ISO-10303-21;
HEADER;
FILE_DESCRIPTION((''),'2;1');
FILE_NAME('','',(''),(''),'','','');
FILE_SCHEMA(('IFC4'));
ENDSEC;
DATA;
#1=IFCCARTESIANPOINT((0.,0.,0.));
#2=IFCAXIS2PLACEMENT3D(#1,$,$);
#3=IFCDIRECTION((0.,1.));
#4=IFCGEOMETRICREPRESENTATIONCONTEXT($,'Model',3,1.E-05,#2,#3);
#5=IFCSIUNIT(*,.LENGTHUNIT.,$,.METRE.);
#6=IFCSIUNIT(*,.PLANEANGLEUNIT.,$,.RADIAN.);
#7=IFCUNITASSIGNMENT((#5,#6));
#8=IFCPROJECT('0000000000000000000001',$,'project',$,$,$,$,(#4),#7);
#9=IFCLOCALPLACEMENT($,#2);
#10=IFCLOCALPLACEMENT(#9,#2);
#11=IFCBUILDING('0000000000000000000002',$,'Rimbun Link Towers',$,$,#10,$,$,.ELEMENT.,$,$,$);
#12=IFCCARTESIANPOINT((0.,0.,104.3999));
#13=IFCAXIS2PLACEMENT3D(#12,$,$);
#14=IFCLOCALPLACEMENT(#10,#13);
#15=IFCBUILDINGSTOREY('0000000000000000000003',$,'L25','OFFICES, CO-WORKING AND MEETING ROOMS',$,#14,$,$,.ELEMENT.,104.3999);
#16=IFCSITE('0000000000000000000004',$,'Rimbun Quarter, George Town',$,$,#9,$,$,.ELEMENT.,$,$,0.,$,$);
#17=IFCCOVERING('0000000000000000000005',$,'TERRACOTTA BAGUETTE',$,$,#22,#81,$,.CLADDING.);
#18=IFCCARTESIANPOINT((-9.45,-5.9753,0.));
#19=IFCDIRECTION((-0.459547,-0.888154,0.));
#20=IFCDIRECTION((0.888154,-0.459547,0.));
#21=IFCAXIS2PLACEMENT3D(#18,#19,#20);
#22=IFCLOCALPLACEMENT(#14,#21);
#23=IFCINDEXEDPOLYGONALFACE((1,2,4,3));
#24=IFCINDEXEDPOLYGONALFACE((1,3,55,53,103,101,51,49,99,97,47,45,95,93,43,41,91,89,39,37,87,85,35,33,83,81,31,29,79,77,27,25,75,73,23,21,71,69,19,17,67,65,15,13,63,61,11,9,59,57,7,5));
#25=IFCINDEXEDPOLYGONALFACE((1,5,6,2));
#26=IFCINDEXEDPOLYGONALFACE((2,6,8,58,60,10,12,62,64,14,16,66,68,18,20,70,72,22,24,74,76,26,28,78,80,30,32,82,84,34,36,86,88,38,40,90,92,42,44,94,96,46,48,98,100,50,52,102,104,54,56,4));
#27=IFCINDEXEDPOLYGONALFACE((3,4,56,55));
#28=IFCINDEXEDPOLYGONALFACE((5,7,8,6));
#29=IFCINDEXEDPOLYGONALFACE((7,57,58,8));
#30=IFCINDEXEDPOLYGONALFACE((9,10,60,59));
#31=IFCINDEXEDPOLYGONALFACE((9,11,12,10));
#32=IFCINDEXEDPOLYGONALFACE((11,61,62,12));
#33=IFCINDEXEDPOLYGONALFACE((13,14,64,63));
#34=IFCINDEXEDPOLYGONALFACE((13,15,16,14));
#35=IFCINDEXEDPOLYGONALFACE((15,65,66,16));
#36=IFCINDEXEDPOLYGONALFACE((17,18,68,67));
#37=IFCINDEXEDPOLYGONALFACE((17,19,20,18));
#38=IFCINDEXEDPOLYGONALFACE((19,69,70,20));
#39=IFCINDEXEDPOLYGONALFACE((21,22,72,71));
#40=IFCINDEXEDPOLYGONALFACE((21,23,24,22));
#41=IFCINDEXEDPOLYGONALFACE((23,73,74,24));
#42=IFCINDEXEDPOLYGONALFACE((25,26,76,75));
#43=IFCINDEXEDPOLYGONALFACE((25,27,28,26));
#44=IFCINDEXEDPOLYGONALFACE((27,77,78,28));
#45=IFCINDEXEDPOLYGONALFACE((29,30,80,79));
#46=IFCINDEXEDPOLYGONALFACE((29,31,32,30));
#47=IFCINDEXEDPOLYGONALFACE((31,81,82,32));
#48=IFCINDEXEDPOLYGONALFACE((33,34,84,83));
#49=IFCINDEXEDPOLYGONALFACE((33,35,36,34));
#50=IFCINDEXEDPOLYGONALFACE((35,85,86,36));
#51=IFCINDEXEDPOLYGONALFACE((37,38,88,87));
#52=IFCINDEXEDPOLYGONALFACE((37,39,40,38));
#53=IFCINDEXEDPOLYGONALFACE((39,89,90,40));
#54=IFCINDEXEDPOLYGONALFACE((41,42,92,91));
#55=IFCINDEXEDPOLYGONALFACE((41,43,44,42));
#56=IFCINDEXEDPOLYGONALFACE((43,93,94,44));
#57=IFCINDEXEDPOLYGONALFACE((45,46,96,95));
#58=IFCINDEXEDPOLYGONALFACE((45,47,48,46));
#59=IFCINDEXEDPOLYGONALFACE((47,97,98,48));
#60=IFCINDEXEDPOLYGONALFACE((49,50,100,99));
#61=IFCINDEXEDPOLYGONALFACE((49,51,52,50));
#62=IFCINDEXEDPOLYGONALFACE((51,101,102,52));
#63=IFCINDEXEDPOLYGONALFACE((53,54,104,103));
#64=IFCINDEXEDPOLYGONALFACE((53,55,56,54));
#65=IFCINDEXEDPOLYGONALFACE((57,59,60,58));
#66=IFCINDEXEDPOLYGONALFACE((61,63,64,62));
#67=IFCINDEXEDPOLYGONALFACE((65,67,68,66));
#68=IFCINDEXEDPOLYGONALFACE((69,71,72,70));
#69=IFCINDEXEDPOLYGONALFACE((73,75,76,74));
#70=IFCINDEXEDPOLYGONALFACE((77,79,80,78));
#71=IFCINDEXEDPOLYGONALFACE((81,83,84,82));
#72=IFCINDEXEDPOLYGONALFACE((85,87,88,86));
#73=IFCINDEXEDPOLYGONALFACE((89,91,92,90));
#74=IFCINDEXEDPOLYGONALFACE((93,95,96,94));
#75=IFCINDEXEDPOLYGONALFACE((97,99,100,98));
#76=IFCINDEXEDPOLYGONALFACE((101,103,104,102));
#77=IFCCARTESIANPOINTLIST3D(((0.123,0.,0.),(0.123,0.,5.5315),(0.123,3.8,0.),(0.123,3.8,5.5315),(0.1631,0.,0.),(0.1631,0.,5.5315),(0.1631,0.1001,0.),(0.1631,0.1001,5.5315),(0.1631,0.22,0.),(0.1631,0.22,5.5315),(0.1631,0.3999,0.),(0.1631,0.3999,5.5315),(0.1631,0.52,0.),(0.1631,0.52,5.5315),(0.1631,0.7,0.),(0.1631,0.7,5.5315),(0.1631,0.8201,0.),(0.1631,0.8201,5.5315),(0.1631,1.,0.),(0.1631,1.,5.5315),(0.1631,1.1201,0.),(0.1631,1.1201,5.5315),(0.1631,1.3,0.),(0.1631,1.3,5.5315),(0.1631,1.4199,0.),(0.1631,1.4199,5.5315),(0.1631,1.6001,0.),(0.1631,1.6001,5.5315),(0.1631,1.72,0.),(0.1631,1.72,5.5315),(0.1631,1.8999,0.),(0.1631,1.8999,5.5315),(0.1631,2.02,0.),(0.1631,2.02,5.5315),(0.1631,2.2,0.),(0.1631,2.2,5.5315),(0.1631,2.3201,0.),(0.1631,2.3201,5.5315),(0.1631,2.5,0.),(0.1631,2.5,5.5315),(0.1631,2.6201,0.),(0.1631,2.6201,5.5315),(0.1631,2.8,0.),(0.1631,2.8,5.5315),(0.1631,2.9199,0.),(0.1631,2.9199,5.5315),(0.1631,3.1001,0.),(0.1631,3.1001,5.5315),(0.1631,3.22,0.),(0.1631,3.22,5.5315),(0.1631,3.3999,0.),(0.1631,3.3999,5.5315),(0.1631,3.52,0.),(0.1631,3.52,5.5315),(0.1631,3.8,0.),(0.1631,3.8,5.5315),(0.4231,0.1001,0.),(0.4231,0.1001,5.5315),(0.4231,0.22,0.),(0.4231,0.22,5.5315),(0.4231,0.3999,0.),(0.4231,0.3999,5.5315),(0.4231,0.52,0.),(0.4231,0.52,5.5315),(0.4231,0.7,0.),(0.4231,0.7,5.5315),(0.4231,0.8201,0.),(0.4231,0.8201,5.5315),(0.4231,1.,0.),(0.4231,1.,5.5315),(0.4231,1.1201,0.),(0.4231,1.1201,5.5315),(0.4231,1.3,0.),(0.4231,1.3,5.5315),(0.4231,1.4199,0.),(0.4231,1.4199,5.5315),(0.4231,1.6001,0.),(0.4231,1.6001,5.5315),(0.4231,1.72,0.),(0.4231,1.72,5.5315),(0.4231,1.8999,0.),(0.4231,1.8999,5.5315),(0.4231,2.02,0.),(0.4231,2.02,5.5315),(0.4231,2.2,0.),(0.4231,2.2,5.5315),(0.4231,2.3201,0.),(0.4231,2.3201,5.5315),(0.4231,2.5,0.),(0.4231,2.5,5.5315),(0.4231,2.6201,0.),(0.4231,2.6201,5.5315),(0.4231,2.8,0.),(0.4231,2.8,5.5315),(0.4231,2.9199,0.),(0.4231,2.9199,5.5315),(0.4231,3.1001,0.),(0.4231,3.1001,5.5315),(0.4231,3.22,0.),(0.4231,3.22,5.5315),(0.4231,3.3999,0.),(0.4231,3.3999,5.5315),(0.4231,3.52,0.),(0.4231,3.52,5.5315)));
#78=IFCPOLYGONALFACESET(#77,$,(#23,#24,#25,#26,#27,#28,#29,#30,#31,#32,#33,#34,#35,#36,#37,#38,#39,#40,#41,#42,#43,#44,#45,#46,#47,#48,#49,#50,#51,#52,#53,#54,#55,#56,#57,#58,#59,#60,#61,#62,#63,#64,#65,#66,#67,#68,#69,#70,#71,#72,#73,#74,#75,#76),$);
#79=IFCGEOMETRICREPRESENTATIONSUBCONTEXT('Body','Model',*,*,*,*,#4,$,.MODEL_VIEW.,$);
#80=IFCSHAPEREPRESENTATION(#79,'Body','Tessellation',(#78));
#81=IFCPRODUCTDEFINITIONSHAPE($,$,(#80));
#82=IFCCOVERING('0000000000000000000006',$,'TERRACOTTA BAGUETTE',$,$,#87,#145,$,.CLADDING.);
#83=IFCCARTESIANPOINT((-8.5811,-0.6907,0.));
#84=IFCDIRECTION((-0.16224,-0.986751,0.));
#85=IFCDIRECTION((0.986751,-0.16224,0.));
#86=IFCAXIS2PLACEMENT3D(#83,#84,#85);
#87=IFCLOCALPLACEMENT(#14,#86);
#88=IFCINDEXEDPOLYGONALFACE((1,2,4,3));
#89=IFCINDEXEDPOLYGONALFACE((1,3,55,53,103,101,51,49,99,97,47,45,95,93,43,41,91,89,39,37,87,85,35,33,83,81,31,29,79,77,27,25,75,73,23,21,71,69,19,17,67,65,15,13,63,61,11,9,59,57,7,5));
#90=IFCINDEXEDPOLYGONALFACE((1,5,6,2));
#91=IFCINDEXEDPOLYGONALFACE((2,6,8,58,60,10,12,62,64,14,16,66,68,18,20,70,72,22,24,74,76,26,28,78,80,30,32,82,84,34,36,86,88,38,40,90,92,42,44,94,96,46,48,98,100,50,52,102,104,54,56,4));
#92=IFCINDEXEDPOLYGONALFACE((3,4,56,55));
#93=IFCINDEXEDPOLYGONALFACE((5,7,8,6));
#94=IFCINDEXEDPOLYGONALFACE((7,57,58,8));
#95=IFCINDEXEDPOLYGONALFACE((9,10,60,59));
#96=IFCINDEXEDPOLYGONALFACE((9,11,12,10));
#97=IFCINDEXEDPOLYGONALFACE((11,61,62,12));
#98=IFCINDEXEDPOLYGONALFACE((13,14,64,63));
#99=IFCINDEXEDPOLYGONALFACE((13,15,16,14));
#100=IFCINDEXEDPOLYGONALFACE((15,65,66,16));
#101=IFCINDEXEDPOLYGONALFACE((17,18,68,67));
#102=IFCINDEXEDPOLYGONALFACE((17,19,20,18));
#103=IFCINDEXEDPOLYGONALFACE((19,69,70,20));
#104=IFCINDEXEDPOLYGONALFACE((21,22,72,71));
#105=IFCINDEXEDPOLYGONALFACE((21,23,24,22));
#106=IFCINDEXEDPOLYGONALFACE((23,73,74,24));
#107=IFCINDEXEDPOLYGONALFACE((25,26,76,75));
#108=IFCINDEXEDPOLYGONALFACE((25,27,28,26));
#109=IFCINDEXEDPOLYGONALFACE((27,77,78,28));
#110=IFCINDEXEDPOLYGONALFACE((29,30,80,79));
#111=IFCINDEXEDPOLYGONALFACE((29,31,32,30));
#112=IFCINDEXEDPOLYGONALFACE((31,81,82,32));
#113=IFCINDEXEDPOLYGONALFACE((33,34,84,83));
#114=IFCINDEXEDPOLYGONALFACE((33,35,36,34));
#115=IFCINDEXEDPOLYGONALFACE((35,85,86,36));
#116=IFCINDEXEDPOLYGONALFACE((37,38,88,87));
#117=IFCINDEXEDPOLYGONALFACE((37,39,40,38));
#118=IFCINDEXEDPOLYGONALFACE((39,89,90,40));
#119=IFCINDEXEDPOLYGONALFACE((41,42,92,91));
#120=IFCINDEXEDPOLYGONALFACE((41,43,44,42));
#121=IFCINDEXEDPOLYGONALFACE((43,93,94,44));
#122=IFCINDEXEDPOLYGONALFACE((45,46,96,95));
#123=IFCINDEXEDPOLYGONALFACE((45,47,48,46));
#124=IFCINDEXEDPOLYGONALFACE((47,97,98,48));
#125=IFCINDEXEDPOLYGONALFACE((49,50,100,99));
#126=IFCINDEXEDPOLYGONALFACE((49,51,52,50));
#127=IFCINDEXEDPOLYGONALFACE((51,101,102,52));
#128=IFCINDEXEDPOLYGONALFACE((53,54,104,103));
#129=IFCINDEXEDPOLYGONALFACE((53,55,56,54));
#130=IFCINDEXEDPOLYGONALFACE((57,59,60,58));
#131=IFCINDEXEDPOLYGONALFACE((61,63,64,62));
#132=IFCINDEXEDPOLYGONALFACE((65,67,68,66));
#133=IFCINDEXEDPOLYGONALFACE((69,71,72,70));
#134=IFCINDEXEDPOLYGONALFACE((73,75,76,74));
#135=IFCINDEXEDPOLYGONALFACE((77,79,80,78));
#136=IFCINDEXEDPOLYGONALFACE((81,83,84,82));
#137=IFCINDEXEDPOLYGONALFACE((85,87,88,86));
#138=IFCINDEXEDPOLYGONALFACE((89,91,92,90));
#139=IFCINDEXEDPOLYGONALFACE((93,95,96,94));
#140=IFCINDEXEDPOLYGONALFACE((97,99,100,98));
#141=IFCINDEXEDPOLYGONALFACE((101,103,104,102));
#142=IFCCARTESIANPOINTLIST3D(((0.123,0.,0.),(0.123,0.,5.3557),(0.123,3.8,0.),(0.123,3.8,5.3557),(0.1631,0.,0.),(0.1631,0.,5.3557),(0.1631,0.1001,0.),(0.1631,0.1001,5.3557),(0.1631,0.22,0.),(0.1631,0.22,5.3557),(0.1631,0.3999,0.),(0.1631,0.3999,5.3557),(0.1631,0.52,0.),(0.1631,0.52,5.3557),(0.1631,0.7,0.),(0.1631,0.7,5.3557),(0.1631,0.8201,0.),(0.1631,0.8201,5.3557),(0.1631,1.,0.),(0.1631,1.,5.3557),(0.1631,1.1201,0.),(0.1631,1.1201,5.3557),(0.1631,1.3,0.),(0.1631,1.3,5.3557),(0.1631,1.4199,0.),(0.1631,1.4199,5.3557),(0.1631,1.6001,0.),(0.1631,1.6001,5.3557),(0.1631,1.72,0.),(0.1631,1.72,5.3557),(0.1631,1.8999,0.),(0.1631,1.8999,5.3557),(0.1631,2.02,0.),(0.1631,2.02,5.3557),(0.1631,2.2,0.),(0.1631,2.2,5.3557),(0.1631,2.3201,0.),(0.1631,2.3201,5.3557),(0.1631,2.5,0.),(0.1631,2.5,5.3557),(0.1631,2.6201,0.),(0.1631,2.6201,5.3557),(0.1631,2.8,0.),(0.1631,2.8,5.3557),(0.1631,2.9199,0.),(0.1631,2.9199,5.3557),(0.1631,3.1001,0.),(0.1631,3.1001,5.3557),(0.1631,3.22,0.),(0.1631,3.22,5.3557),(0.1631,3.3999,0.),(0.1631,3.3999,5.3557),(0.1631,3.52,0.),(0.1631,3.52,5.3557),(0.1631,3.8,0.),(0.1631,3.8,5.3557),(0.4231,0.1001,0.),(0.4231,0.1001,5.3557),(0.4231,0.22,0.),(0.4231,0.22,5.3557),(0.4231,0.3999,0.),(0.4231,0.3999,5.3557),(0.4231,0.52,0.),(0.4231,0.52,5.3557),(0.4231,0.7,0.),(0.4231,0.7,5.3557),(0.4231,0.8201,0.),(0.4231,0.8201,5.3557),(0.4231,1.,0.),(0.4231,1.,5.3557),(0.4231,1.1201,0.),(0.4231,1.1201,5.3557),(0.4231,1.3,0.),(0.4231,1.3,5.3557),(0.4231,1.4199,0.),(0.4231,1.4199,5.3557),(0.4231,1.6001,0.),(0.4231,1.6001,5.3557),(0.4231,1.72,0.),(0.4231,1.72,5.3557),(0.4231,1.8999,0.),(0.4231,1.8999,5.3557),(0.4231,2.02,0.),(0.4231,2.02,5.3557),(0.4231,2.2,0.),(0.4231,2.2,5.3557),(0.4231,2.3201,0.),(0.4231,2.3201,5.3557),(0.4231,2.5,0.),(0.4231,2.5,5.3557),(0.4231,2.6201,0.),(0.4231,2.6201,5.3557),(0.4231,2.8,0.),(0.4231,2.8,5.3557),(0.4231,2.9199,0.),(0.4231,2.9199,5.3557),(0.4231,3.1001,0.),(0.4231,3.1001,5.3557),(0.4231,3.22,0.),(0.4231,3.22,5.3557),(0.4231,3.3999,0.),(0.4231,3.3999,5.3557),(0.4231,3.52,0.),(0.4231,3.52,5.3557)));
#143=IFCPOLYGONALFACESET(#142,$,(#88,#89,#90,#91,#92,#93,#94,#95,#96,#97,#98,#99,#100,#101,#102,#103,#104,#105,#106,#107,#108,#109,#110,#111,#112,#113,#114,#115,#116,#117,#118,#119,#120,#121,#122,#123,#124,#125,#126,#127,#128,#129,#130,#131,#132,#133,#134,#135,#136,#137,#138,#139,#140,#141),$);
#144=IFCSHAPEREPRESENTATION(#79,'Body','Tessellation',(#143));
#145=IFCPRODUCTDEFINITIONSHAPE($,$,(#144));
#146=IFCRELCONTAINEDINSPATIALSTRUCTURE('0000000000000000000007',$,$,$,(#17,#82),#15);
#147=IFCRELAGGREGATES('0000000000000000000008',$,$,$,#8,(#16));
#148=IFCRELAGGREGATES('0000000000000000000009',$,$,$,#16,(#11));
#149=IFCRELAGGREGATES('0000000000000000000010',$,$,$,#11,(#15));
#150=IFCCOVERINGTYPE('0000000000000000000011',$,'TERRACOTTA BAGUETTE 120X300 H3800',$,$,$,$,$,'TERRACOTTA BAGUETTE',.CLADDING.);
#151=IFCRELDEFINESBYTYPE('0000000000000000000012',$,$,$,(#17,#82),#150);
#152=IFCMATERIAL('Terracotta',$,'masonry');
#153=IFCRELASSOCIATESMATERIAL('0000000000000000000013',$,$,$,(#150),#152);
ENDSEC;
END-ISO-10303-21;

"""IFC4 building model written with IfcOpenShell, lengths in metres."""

from ifc_helpers import new_model, si_unit, direction, frame, origin, place, context, subcontext, project, spatial, polyline, outline, extrude, material, material_profile, profile_set, type_object, element, save


model = new_model("IFC4")

# Units and contexts
model_context = context("Model", 3, precision=1e-05, world=origin(), true_north=direction((0.0, 1.0)))
body_context = subcontext(model_context, "Body", "Model", "MODEL_VIEW")
ifc_project = project(units=[si_unit("LENGTHUNIT", "METRE"), si_unit("PLANEANGLEUNIT", "RADIAN")], contexts=[model_context])

# Site, building, storey
site_placement = place(None, origin())
site = spatial("IfcSite", under=ifc_project, at=site_placement, Name="Rimbun Quarter, George Town", CompositionType="ELEMENT", RefElevation=0.0)
building_placement = place(site_placement, origin())
building = spatial("IfcBuilding", under=site, at=building_placement, Name="Rimbun Link Towers", CompositionType="ELEMENT")
storey_placement = place(building_placement, frame((0.0, 0.0, 104.3999)))
storey = spatial("IfcBuildingStorey", under=building, at=storey_placement, Name="L25", Description="OFFICES, CO-WORKING AND MEETING ROOMS", CompositionType="ELEMENT", Elevation=104.3999)

# Coverings
ifc_material_1 = material(Name="Terracotta", Category="masonry")
ifc_material_profile_1 = material_profile(ifc_material_1, outline(polyline([(0.123, 0.0), (0.1631, 0.0), (0.1631, 0.1001), (0.4231, 0.1001), (0.4231, 0.22), (0.1631, 0.22), (0.1631, 0.3999), (0.4231, 0.3999), (0.4231, 0.52), (0.1631, 0.52), (0.1631, 0.7), (0.4231, 0.7), (0.4231, 0.8201), (0.1631, 0.8201), (0.1631, 1.0), (0.4231, 1.0), (0.4231, 1.1201), (0.1631, 1.1201), (0.1631, 1.3), (0.4231, 1.3), (0.4231, 1.4199), (0.1631, 1.4199), (0.1631, 1.6001), (0.4231, 1.6001), (0.4231, 1.72), (0.1631, 1.72), (0.1631, 1.8999), (0.4231, 1.8999), (0.4231, 2.02), (0.1631, 2.02), (0.1631, 2.2), (0.4231, 2.2), (0.4231, 2.3201), (0.1631, 2.3201), (0.1631, 2.5), (0.4231, 2.5), (0.4231, 2.6201), (0.1631, 2.6201), (0.1631, 2.8), (0.4231, 2.8), (0.4231, 2.9199), (0.1631, 2.9199), (0.1631, 3.1001), (0.4231, 3.1001), (0.4231, 3.22), (0.1631, 3.22), (0.1631, 3.3999), (0.4231, 3.3999), (0.4231, 3.52), (0.1631, 3.52), (0.1631, 3.8), (0.123, 3.8), (0.123, 0.0)])), Name="BAGUETTE 120X300")
ifc_profile_set_1 = profile_set([ifc_material_profile_1], Name="Terracotta")
covering_type = type_object("IfcCoveringType", Name="TERRACOTTA BAGUETTE 120X300 H3800", ElementType="TERRACOTTA BAGUETTE", PredefinedType="CLADDING", material=ifc_profile_set_1)
covering_1_placement = place(storey_placement, frame((-9.45, -5.9753, 0.0), z_axis=(-0.459547, -0.888154, 0.0), x_axis=(0.888154, -0.459547, 0.0)))
element("IfcCovering", 1, at=covering_1_placement, inside=storey, type_object=covering_type, Name="TERRACOTTA BAGUETTE", PredefinedType="CLADDING", context=body_context, shape_type="SweptSolid", body=[
    extrude(outline(polyline([(0.123, 0.0), (0.1631, 0.0), (0.1631, 0.1001), (0.4231, 0.1001), (0.4231, 0.22), (0.1631, 0.22), (0.1631, 0.3999), (0.4231, 0.3999), (0.4231, 0.52), (0.1631, 0.52), (0.1631, 0.7), (0.4231, 0.7), (0.4231, 0.8201), (0.1631, 0.8201), (0.1631, 1.0), (0.4231, 1.0), (0.4231, 1.1201), (0.1631, 1.1201), (0.1631, 1.3), (0.4231, 1.3), (0.4231, 1.4199), (0.1631, 1.4199), (0.1631, 1.6001), (0.4231, 1.6001), (0.4231, 1.72), (0.1631, 1.72), (0.1631, 1.8999), (0.4231, 1.8999), (0.4231, 2.02), (0.1631, 2.02), (0.1631, 2.2), (0.4231, 2.2), (0.4231, 2.3201), (0.1631, 2.3201), (0.1631, 2.5), (0.4231, 2.5), (0.4231, 2.6201), (0.1631, 2.6201), (0.1631, 2.8), (0.4231, 2.8), (0.4231, 2.9199), (0.1631, 2.9199), (0.1631, 3.1001), (0.4231, 3.1001), (0.4231, 3.22), (0.1631, 3.22), (0.1631, 3.3999), (0.4231, 3.3999), (0.4231, 3.52), (0.1631, 3.52), (0.1631, 3.8), (0.123, 3.8), (0.123, 0.0)])), origin(), (0.0, 0.0, 1.0), 5.5315),
])
covering_2_placement = place(storey_placement, frame((-8.5811, -0.6907, 0.0), z_axis=(-0.16224, -0.986751, 0.0), x_axis=(0.986751, -0.16224, 0.0)))
element("IfcCovering", 2, at=covering_2_placement, inside=storey, type_object=covering_type, Name="TERRACOTTA BAGUETTE", PredefinedType="CLADDING", context=body_context, shape_type="SweptSolid", body=[
    extrude(outline(polyline([(0.123, 0.0), (0.1631, 0.0), (0.1631, 0.1001), (0.4231, 0.1001), (0.4231, 0.22), (0.1631, 0.22), (0.1631, 0.3999), (0.4231, 0.3999), (0.4231, 0.52), (0.1631, 0.52), (0.1631, 0.7), (0.4231, 0.7), (0.4231, 0.8201), (0.1631, 0.8201), (0.1631, 1.0), (0.4231, 1.0), (0.4231, 1.1201), (0.1631, 1.1201), (0.1631, 1.3), (0.4231, 1.3), (0.4231, 1.4199), (0.1631, 1.4199), (0.1631, 1.6001), (0.4231, 1.6001), (0.4231, 1.72), (0.1631, 1.72), (0.1631, 1.8999), (0.4231, 1.8999), (0.4231, 2.02), (0.1631, 2.02), (0.1631, 2.2), (0.4231, 2.2), (0.4231, 2.3201), (0.1631, 2.3201), (0.1631, 2.5), (0.4231, 2.5), (0.4231, 2.6201), (0.1631, 2.6201), (0.1631, 2.8), (0.4231, 2.8), (0.4231, 2.9199), (0.1631, 2.9199), (0.1631, 3.1001), (0.4231, 3.1001), (0.4231, 3.22), (0.1631, 3.22), (0.1631, 3.3999), (0.4231, 3.3999), (0.4231, 3.52), (0.1631, 3.52), (0.1631, 3.8), (0.123, 3.8), (0.123, 0.0)])), origin(), (0.0, 0.0, 1.0), 5.3557),
])

save(model, "model.ifc")
